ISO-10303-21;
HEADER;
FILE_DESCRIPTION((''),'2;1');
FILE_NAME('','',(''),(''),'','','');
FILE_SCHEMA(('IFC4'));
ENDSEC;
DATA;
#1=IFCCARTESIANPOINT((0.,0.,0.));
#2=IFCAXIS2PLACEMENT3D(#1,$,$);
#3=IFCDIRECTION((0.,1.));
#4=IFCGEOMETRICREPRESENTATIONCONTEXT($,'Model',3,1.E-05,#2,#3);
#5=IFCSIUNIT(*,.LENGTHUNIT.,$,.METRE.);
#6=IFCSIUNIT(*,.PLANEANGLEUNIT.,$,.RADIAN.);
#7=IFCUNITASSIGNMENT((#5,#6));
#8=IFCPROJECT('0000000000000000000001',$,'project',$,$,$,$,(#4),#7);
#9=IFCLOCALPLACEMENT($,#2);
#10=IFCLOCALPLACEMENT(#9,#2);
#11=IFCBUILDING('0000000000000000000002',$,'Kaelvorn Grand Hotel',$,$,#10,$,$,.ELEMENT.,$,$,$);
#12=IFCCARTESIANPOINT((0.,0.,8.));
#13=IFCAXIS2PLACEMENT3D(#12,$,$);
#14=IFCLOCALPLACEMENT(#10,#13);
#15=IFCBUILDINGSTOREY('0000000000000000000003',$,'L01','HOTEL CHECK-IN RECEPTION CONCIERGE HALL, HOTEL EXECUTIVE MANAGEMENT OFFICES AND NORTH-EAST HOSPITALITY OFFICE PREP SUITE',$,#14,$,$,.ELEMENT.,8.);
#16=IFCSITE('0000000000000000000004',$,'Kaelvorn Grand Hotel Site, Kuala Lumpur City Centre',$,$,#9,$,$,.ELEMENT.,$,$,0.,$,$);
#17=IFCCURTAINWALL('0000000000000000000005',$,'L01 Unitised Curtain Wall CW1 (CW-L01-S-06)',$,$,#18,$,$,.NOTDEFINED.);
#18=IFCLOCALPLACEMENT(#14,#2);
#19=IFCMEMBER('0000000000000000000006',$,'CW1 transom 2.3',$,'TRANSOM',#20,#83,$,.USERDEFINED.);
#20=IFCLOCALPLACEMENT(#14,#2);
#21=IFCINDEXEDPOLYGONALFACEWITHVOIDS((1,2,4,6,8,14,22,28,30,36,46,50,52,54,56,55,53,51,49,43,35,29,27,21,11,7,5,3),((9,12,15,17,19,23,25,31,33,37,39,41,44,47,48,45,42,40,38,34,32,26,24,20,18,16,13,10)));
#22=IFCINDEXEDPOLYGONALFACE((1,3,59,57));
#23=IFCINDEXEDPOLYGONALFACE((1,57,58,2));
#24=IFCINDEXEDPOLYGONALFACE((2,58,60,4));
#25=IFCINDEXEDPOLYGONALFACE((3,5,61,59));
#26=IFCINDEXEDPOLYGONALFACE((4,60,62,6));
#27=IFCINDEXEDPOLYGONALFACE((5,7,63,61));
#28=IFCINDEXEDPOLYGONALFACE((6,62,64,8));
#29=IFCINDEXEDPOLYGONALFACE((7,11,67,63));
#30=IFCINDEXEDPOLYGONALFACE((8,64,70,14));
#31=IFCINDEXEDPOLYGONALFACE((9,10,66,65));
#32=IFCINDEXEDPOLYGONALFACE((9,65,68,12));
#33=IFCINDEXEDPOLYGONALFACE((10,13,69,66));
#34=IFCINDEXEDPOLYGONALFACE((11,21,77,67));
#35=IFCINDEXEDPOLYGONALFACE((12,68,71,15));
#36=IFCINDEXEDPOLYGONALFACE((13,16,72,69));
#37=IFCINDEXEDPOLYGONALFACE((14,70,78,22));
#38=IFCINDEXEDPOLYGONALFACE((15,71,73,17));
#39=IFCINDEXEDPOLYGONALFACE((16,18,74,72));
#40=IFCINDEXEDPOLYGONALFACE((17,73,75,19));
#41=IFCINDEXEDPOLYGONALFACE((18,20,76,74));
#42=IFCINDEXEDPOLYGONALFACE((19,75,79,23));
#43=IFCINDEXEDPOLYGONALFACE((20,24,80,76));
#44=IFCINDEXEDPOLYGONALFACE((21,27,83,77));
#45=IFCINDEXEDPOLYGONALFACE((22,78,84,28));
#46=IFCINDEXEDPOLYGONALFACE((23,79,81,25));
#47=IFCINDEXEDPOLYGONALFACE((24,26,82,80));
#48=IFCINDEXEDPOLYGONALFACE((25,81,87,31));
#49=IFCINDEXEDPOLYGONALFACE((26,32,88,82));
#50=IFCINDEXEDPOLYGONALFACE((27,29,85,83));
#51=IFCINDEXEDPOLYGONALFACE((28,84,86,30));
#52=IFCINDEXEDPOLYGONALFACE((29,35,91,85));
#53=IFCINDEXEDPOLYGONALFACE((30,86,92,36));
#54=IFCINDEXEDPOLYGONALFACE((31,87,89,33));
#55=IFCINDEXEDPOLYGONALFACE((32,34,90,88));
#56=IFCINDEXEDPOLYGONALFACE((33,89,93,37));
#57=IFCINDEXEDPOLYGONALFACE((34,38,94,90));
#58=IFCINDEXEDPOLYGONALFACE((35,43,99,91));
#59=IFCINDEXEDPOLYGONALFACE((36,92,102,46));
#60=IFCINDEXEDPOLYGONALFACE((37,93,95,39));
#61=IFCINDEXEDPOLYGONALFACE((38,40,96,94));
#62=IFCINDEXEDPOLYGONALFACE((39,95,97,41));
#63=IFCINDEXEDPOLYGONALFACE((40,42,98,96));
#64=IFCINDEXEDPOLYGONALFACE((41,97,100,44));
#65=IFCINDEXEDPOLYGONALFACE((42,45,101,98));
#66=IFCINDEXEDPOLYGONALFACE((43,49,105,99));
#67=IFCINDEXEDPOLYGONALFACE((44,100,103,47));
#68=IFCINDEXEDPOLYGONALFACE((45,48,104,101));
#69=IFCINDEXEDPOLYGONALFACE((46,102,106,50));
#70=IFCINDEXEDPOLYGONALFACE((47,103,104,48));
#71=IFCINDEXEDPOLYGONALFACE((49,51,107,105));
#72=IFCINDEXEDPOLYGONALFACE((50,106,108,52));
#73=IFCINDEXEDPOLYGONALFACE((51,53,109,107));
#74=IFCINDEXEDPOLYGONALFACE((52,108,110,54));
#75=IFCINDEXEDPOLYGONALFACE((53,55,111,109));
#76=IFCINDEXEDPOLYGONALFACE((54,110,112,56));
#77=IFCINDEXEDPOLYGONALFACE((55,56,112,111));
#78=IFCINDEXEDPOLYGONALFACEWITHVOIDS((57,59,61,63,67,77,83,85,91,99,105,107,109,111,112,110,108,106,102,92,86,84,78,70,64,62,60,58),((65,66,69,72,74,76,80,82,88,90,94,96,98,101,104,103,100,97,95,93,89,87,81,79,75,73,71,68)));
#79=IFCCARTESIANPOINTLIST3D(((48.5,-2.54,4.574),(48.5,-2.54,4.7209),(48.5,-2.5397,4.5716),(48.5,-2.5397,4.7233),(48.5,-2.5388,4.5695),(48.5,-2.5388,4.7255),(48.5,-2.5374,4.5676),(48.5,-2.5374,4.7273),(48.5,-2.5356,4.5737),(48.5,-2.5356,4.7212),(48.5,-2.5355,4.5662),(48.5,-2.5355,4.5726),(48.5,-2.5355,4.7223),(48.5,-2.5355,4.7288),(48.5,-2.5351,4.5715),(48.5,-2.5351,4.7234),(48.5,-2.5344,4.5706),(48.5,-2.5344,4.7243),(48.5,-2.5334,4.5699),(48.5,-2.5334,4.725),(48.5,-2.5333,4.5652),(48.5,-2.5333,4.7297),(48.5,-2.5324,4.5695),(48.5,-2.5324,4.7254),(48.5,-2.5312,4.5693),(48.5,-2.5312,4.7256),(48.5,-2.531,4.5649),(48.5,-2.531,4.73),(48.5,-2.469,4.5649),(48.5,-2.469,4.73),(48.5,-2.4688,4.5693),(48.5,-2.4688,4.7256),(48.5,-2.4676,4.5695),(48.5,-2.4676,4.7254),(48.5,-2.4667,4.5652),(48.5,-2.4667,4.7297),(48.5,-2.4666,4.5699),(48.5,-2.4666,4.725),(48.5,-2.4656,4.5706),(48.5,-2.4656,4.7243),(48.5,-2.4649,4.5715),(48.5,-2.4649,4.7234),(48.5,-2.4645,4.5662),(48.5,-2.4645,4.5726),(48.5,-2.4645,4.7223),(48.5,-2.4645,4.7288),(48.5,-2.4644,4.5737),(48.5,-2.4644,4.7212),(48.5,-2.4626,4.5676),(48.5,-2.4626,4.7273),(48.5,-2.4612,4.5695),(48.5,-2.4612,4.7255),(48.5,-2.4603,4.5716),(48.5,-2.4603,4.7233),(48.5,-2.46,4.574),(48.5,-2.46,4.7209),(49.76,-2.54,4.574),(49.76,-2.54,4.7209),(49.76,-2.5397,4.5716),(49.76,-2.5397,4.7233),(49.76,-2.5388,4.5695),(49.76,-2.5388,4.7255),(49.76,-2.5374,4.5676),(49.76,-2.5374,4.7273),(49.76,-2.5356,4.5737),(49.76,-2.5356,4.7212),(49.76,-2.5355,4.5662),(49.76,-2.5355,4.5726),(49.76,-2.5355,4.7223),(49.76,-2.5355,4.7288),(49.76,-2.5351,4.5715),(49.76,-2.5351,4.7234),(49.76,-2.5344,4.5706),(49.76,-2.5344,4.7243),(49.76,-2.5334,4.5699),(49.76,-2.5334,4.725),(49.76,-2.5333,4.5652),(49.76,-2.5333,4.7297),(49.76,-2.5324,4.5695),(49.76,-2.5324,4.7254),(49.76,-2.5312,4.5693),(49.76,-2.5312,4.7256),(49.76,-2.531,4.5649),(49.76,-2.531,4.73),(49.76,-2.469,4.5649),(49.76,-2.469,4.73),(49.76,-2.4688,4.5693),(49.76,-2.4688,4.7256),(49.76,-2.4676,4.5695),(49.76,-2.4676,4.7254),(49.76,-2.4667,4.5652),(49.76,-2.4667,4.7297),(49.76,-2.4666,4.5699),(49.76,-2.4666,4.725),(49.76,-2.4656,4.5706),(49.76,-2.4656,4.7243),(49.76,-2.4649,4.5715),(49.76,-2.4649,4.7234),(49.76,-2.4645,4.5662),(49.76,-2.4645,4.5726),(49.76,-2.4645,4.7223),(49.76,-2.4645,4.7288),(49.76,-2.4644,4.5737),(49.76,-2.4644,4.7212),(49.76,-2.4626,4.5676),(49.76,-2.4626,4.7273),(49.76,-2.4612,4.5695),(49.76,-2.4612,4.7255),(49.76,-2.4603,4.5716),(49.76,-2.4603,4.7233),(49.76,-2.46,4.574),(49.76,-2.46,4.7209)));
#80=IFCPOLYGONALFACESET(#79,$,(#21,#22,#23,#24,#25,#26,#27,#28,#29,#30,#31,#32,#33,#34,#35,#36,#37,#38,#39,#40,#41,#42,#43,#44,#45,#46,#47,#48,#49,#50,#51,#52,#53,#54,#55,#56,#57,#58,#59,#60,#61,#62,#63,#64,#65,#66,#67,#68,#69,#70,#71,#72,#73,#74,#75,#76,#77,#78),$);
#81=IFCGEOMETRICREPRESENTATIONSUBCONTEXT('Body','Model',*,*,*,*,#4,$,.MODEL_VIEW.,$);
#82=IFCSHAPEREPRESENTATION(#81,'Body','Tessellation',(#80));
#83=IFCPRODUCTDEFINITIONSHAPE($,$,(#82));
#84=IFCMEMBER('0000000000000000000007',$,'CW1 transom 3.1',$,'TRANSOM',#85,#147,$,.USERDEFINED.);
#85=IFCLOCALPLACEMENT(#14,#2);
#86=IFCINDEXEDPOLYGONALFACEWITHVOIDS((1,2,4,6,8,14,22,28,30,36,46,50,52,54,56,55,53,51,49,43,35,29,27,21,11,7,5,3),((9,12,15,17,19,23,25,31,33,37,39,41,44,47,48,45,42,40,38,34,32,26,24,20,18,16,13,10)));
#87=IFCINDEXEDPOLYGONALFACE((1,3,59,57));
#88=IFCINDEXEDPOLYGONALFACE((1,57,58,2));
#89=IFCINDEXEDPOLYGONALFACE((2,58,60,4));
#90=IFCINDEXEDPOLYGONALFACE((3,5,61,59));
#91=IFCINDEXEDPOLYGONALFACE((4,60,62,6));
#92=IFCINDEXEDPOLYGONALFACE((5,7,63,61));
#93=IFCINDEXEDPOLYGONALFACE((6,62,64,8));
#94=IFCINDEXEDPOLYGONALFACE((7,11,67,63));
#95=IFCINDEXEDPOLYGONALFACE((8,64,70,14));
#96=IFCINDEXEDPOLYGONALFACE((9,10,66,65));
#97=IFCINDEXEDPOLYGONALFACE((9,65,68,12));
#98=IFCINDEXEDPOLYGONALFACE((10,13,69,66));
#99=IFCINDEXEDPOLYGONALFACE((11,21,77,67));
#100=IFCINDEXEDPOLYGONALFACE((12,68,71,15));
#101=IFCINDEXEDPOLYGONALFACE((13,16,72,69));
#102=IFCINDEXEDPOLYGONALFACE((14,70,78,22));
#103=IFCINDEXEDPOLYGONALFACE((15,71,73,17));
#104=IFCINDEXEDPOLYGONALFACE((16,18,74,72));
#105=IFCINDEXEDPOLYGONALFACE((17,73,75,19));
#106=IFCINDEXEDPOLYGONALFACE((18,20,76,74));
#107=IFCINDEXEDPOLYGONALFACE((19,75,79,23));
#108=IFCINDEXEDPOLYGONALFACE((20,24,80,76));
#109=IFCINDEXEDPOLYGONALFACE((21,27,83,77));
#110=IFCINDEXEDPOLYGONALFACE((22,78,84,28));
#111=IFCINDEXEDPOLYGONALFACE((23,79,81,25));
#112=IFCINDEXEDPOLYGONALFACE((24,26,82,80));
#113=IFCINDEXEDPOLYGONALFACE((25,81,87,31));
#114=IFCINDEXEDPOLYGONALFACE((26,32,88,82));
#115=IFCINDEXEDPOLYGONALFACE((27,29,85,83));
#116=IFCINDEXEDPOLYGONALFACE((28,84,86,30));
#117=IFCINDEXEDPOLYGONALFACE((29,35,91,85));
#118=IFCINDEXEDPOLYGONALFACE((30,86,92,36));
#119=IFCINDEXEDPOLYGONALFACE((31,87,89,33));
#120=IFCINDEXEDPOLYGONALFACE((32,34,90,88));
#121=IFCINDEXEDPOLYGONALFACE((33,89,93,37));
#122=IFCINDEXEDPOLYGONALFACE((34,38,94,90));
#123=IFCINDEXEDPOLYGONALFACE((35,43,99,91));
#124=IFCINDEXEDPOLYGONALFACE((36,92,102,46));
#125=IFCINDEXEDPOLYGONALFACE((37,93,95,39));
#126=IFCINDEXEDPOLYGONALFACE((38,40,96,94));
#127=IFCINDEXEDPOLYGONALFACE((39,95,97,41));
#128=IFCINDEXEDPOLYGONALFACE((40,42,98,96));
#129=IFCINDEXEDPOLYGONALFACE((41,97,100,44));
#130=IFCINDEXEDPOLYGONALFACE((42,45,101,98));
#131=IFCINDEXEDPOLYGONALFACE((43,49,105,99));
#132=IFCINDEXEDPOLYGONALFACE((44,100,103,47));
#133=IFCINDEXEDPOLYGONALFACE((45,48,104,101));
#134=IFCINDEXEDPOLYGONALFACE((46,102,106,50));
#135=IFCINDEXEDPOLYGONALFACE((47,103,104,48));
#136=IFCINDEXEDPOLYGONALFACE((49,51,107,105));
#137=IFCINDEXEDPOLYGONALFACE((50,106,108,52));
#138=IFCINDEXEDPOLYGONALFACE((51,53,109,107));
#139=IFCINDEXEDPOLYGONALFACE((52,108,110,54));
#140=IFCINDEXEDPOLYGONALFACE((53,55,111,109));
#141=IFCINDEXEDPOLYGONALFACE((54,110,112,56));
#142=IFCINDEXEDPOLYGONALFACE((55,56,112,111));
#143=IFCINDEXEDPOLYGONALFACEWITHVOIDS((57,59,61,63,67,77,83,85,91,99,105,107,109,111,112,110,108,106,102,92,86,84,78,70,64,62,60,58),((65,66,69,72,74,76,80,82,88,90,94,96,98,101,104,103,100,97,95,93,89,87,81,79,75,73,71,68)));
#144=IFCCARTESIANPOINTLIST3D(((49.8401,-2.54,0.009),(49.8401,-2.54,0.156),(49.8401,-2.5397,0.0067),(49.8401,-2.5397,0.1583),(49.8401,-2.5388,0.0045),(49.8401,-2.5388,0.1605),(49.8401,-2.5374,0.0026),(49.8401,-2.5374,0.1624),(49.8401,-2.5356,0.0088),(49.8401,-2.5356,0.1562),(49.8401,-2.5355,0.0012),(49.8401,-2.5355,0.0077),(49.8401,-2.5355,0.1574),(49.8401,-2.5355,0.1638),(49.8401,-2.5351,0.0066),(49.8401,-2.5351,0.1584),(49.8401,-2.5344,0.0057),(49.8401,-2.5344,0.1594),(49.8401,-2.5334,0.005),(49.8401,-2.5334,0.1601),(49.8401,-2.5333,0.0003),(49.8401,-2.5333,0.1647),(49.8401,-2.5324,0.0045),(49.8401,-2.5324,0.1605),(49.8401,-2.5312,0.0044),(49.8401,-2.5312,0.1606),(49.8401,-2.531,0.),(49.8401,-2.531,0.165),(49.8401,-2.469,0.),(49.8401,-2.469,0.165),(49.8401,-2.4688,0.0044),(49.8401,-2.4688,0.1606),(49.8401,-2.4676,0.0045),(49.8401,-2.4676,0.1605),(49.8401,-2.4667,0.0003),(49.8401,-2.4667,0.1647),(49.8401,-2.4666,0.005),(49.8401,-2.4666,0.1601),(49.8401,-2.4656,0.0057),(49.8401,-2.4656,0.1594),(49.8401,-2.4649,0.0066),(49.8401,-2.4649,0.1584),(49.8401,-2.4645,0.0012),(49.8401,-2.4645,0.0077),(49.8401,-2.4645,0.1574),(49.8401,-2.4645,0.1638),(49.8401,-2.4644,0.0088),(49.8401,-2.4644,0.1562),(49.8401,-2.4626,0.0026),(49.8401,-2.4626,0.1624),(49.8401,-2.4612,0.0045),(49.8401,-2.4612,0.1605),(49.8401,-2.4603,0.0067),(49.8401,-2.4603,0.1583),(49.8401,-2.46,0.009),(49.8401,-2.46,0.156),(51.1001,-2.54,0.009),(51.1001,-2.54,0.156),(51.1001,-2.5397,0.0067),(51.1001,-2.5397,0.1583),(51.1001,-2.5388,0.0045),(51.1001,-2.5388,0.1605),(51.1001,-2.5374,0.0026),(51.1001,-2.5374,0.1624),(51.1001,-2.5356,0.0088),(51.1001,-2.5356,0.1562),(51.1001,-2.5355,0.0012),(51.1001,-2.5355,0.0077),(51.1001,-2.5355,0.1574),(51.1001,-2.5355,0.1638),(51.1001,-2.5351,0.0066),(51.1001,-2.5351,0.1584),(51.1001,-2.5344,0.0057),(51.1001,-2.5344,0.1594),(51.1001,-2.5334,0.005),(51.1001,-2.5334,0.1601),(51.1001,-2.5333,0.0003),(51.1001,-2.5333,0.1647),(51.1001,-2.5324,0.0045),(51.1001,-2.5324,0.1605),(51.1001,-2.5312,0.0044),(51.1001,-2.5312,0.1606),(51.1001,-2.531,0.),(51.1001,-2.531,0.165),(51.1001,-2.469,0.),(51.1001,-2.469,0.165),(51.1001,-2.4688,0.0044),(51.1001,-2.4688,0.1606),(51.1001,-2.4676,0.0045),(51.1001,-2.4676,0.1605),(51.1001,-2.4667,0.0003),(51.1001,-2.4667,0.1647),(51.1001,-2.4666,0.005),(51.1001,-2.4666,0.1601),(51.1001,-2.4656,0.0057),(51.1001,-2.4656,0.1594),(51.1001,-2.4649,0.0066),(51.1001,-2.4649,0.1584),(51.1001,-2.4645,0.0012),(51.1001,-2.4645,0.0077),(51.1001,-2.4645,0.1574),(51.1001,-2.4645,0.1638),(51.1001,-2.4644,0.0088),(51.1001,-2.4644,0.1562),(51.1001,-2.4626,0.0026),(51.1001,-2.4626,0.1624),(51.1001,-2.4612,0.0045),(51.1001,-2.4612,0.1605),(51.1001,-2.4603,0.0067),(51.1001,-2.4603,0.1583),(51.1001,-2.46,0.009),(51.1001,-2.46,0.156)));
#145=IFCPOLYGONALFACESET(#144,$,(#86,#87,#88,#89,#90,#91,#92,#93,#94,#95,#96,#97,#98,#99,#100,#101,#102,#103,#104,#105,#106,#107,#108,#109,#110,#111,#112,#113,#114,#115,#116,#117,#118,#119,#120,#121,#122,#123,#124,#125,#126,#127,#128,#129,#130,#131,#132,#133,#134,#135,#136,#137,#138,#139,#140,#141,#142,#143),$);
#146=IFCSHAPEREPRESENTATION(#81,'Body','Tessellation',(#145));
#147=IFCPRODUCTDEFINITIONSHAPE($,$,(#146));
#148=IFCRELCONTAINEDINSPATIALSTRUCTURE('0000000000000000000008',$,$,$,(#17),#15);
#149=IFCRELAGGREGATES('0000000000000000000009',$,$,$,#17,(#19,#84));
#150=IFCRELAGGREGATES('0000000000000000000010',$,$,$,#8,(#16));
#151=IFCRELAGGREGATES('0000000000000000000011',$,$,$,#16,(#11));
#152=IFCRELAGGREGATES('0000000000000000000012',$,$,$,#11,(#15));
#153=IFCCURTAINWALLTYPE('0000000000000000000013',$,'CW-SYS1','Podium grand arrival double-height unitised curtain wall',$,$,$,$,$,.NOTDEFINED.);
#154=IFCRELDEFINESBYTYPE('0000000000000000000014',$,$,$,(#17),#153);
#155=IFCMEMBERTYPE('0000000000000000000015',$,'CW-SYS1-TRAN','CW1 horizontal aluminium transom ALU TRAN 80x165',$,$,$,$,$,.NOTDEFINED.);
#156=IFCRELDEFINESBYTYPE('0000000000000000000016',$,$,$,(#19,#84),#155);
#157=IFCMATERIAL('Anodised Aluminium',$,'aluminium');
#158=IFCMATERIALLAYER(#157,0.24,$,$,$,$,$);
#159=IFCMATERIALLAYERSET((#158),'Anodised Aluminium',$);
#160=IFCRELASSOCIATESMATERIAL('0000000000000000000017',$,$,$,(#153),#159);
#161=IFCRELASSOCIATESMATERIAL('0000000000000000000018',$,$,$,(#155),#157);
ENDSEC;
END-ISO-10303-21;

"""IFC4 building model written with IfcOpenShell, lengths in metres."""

from ifc_helpers import new_model, si_unit, direction, frame, origin, origin_2d, place, context, subcontext, project, spatial, hollow_rectangle, extrude, material, layer, layer_set, material_profile, profile_set, type_object, element, aggregate, save


model = new_model("IFC4")

# Units and contexts
model_context = context("Model", 3, precision=1e-05, world=origin(), true_north=direction((0.0, 1.0)))
body_context = subcontext(model_context, "Body", "Model", "MODEL_VIEW")
ifc_project = project(units=[si_unit("LENGTHUNIT", "METRE"), si_unit("PLANEANGLEUNIT", "RADIAN")], contexts=[model_context])

# Site, building, storey
site_placement = place(None, origin())
site = spatial("IfcSite", under=ifc_project, at=site_placement, Name="Kaelvorn Grand Hotel Site, Kuala Lumpur City Centre", CompositionType="ELEMENT", RefElevation=0.0)
building_placement = place(site_placement, origin())
building = spatial("IfcBuilding", under=site, at=building_placement, Name="Kaelvorn Grand Hotel", CompositionType="ELEMENT")
storey_placement = place(building_placement, frame((0.0, 0.0, 8.0)))
storey = spatial("IfcBuildingStorey", under=building, at=storey_placement, Name="L01", Description="HOTEL CHECK-IN RECEPTION CONCIERGE HALL, HOTEL EXECUTIVE MANAGEMENT OFFICES AND NORTH-EAST HOSPITALITY OFFICE PREP SUITE", CompositionType="ELEMENT", Elevation=8.0)

# Curtain wall
ifc_material_1 = material(Name="Anodised Aluminium", Category="aluminium")
ifc_layer_1 = layer(ifc_material_1, 0.24)
ifc_layer_set_1 = layer_set([ifc_layer_1], Name="Anodised Aluminium")
curtain_wall_type = type_object("IfcCurtainWallType", Name="CW-SYS1", Description="Podium grand arrival double-height unitised curtain wall", PredefinedType="NOTDEFINED", material=ifc_layer_set_1)
curtain_wall_1_placement = place(storey_placement, origin())
curtain_wall_1 = element("IfcCurtainWall", 1, at=curtain_wall_1_placement, inside=storey, type_object=curtain_wall_type, Name="L01 Unitised Curtain Wall CW1 (CW-L01-S-06)", PredefinedType="NOTDEFINED")

# Members
ifc_material_profile_1 = material_profile(ifc_material_1, hollow_rectangle(XDim=0.0801, YDim=0.165, WallThickness=0.0044, InnerFilletRadius=0.0044, OuterFilletRadius=0.009, at=origin_2d()), Name="ALU TRAN 80x165")
ifc_profile_set_1 = profile_set([ifc_material_profile_1], Name="Anodised Aluminium")
member_type_1 = type_object("IfcMemberType", Name="CW-SYS1-TRAN", Description="CW1 horizontal aluminium transom ALU TRAN 80x165", PredefinedType="NOTDEFINED", material=ifc_profile_set_1)
member_1_placement = place(storey_placement, frame((48.5, -2.5, 4.6475), z_axis=(1.0, 0.0, 0.0), x_axis=(0.0, 1.0, 0.0)))
member_1 = element("IfcMember", 2, at=member_1_placement, type_object=member_type_1, Name="CW1 transom 2.3", ObjectType="TRANSOM", PredefinedType="USERDEFINED", context=body_context, shape_type="SweptSolid", body=[
    extrude(hollow_rectangle(XDim=0.0801, YDim=0.165, WallThickness=0.0044, InnerFilletRadius=0.0044, OuterFilletRadius=0.009, at=origin_2d()), origin(), (0.0, 0.0, 1.0), 1.26),
])
member_2_placement = place(storey_placement, frame((49.8401, -2.5, 0.0825), z_axis=(1.0, 0.0, 0.0), x_axis=(0.0, 1.0, 0.0)))
member_2 = element("IfcMember", 3, at=member_2_placement, type_object=member_type_1, Name="CW1 transom 3.1", ObjectType="TRANSOM", PredefinedType="USERDEFINED", context=body_context, shape_type="SweptSolid", body=[
    extrude(hollow_rectangle(XDim=0.0801, YDim=0.165, WallThickness=0.0044, InnerFilletRadius=0.0044, OuterFilletRadius=0.009, at=origin_2d()), origin(), (0.0, 0.0, 1.0), 1.26),
])

aggregate(curtain_wall_1, [member_1, member_2])

save(model, "model.ifc")
